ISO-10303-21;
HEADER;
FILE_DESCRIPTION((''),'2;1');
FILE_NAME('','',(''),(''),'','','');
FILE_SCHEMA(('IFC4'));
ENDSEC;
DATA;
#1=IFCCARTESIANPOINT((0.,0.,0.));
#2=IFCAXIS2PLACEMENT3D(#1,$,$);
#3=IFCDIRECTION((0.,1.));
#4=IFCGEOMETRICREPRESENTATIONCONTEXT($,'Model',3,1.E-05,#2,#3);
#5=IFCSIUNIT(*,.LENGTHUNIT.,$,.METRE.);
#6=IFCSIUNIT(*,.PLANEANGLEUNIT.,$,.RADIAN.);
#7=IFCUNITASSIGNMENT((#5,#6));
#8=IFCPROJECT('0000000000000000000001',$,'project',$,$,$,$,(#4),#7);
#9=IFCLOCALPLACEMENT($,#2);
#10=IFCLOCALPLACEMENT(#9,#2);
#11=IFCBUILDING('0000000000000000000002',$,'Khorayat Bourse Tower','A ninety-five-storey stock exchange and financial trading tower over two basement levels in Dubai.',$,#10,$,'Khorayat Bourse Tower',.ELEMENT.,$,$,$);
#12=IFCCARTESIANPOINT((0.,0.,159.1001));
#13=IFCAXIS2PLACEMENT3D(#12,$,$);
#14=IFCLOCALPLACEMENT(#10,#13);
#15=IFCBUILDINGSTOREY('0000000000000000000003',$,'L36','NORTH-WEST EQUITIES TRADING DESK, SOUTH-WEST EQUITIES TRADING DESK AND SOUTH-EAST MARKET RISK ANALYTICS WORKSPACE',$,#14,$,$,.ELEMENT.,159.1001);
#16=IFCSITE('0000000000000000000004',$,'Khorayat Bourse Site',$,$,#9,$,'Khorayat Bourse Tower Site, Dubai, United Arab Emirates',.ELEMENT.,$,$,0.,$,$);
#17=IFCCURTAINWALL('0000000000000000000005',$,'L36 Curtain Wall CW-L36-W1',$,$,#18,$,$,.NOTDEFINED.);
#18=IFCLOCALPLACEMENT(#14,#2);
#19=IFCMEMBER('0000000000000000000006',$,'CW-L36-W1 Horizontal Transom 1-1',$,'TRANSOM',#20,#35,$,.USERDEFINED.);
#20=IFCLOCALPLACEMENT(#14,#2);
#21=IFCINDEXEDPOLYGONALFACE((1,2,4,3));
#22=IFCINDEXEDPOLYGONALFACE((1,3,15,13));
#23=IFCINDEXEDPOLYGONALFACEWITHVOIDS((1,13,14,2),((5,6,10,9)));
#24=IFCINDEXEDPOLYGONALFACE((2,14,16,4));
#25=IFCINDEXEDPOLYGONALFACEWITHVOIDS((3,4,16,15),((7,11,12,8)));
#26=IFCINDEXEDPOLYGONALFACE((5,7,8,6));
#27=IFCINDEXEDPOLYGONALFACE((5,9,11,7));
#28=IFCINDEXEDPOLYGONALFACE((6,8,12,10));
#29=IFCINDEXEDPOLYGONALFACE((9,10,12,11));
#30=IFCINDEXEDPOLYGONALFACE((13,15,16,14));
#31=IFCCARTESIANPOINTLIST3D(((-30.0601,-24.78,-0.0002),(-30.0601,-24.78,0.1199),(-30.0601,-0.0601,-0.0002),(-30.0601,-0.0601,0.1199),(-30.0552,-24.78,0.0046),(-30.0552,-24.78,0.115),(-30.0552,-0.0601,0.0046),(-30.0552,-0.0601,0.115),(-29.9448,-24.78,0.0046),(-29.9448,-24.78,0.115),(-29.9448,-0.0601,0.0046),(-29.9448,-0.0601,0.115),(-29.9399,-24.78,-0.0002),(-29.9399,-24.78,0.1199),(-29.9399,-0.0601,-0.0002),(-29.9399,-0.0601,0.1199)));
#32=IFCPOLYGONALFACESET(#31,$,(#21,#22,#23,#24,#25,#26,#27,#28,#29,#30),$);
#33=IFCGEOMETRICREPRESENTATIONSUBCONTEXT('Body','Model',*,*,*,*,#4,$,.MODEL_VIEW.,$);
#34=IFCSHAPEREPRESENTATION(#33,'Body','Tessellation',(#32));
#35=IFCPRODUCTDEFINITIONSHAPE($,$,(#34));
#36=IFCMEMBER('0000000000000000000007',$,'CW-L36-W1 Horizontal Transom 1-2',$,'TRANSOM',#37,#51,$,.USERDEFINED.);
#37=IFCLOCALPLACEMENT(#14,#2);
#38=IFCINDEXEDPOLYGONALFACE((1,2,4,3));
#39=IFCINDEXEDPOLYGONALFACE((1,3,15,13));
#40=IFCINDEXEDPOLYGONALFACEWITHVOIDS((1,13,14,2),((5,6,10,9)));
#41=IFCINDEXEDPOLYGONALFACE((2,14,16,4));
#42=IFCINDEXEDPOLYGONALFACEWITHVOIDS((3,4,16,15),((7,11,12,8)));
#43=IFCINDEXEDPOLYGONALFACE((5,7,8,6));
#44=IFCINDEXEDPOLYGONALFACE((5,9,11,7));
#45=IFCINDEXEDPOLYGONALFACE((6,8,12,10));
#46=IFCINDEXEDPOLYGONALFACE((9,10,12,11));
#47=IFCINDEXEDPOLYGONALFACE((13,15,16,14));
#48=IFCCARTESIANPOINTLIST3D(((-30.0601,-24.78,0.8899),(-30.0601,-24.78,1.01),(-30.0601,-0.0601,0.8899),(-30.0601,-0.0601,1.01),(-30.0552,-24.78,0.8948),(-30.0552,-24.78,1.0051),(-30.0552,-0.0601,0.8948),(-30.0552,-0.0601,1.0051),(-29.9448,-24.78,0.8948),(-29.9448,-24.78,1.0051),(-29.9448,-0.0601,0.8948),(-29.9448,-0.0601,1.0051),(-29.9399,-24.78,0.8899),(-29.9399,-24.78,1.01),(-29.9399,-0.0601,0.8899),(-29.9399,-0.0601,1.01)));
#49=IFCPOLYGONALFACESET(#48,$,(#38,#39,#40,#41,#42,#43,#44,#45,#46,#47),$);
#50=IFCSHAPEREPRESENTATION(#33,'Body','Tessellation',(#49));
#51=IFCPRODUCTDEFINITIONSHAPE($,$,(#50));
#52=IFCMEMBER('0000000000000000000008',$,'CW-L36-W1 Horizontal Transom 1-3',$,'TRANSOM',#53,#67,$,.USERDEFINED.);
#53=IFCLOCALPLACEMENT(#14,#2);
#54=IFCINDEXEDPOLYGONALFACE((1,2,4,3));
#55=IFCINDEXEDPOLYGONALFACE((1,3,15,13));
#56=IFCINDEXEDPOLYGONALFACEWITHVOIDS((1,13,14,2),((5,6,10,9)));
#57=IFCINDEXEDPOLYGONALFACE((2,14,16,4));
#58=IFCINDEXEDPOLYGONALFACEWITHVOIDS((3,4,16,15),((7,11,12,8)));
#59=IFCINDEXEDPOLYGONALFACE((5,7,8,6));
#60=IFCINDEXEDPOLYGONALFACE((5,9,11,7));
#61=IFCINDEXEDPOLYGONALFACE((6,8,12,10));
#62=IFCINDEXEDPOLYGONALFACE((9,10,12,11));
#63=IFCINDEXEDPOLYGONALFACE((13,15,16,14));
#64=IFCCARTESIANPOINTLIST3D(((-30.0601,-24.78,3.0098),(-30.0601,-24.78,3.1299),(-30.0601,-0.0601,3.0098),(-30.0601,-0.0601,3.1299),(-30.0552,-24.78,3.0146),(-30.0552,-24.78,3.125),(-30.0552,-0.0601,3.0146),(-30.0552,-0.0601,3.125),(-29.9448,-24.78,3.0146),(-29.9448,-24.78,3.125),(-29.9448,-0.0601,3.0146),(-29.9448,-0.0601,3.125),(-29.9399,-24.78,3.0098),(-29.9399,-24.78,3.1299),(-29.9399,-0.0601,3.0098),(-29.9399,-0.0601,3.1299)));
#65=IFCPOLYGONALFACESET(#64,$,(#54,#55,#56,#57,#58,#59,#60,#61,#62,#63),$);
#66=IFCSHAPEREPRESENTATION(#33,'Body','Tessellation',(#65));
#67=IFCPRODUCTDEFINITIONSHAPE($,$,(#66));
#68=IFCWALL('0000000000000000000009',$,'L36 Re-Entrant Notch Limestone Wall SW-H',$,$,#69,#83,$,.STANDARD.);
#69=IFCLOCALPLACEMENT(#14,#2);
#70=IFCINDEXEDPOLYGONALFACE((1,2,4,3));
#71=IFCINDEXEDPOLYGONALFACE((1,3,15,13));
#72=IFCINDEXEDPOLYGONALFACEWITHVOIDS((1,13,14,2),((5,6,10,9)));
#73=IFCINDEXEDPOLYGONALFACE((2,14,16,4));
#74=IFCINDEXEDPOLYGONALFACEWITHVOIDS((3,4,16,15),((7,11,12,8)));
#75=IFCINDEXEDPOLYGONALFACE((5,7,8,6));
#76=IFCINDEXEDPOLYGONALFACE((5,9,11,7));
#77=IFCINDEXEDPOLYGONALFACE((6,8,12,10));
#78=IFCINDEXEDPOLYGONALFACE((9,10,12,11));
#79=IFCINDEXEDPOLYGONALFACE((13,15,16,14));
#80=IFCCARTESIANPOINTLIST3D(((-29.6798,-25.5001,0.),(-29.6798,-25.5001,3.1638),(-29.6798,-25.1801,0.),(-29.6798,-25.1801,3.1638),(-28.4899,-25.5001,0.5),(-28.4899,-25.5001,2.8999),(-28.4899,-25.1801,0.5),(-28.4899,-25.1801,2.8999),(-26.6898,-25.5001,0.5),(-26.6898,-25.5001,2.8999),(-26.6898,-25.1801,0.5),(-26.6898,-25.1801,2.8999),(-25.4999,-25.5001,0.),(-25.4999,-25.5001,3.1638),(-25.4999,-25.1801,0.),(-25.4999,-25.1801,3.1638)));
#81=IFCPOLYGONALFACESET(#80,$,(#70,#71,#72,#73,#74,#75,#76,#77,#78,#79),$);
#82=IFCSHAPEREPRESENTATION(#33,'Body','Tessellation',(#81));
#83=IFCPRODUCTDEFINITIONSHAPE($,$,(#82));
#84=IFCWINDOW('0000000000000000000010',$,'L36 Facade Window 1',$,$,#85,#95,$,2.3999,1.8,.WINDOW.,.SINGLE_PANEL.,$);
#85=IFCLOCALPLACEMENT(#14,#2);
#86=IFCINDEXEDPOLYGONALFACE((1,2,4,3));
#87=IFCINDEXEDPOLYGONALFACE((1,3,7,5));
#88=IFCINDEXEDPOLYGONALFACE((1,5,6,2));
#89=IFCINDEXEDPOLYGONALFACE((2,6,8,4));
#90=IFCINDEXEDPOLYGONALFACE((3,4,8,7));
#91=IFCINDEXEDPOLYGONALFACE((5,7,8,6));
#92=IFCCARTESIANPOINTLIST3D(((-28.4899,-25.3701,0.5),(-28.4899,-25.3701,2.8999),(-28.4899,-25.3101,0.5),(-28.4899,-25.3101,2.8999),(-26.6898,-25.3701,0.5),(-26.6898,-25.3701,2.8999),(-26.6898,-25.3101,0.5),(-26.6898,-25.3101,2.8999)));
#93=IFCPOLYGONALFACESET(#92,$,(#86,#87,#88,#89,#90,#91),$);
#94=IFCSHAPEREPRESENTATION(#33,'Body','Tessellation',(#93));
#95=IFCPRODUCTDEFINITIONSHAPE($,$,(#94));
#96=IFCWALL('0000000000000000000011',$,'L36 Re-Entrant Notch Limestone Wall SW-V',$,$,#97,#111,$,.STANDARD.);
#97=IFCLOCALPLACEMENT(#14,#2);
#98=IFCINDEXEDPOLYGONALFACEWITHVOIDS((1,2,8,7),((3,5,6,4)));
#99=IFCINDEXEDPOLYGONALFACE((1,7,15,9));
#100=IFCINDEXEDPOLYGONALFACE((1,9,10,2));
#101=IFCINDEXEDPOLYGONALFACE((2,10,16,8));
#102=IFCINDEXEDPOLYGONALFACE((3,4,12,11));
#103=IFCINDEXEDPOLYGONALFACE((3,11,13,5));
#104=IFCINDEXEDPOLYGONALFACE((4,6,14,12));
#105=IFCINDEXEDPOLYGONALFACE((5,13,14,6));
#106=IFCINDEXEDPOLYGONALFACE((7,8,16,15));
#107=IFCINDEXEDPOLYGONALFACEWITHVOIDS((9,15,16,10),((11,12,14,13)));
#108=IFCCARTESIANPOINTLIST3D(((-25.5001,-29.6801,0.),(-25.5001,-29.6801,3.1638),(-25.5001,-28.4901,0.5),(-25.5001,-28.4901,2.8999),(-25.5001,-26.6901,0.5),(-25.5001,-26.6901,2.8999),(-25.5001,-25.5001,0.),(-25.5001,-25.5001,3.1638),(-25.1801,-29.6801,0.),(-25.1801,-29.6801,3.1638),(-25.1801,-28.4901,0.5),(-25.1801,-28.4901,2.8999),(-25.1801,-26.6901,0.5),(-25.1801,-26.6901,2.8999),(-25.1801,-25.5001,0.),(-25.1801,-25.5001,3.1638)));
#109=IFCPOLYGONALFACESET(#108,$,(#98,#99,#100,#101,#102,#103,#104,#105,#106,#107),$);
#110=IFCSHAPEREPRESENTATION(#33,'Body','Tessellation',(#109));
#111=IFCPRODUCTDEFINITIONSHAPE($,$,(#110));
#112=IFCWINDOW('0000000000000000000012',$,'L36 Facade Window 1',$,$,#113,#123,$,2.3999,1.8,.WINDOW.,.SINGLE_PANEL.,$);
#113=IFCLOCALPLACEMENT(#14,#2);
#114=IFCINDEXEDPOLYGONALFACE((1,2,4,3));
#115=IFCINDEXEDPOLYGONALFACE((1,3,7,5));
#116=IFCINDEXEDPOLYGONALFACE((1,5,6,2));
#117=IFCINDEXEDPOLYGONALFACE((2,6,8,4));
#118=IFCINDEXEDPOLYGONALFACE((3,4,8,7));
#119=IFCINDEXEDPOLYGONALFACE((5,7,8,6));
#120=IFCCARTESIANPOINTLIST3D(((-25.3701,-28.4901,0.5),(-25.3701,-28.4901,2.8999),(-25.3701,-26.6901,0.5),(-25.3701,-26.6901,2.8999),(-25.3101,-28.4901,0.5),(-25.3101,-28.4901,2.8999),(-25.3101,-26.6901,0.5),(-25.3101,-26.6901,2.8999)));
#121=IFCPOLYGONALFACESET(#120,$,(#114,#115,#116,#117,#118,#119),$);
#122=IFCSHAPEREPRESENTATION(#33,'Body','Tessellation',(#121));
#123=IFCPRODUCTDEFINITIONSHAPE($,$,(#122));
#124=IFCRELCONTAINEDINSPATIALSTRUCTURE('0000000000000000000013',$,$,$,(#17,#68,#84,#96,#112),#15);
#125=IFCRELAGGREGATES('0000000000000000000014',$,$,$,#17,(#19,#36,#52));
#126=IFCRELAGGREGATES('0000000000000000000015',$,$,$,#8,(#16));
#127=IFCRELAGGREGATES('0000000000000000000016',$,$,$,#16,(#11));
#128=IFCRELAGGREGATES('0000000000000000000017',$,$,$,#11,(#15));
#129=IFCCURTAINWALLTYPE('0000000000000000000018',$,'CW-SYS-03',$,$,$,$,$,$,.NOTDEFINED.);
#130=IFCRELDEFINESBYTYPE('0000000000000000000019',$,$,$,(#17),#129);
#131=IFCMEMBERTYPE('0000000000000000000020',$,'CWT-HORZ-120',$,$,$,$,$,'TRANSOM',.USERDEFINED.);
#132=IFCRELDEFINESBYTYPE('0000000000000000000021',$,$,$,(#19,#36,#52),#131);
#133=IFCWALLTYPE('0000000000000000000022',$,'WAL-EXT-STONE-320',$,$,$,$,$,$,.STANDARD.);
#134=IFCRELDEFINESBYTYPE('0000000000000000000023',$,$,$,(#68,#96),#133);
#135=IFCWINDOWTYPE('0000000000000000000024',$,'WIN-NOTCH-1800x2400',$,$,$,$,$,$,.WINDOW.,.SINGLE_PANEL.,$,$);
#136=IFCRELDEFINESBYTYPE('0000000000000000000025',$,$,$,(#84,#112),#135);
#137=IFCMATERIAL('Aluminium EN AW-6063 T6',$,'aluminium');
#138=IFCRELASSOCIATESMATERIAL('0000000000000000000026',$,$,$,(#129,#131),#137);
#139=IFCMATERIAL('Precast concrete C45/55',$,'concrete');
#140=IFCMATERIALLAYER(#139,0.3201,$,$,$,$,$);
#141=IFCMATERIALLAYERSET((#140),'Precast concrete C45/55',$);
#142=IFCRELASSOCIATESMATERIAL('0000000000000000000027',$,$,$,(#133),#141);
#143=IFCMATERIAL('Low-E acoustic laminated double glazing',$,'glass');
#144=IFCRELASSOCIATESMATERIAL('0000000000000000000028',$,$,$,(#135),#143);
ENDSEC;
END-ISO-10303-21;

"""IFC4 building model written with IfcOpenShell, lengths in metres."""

from ifc_helpers import new_model, si_unit, direction, frame, frame_2d, origin, origin_2d, place, context, subcontext, project, spatial, rectangle, hollow_rectangle, extrude, source, transform, mapped, material, layer, layer_set, material_profile, profile_set, type_object, element, fill, aggregate, save


model = new_model("IFC4")

# Units and contexts
model_context = context("Model", 3, precision=1e-05, world=origin(), true_north=direction((0.0, 1.0)))
body_context = subcontext(model_context, "Body", "Model", "MODEL_VIEW")
ifc_project = project(units=[si_unit("LENGTHUNIT", "METRE"), si_unit("PLANEANGLEUNIT", "RADIAN")], contexts=[model_context])

# Site, building, storey
site_placement = place(None, origin())
site = spatial("IfcSite", under=ifc_project, at=site_placement, Name="Khorayat Bourse Site", LongName="Khorayat Bourse Tower Site, Dubai, United Arab Emirates", CompositionType="ELEMENT", RefElevation=0.0)
building_placement = place(site_placement, origin())
building = spatial("IfcBuilding", under=site, at=building_placement, Name="Khorayat Bourse Tower", Description="A ninety-five-storey stock exchange and financial trading tower over two basement levels in Dubai.", LongName="Khorayat Bourse Tower", CompositionType="ELEMENT")
storey_placement = place(building_placement, frame((0.0, 0.0, 159.1001)))
storey = spatial("IfcBuildingStorey", under=building, at=storey_placement, Name="L36", Description="NORTH-WEST EQUITIES TRADING DESK, SOUTH-WEST EQUITIES TRADING DESK AND SOUTH-EAST MARKET RISK ANALYTICS WORKSPACE", CompositionType="ELEMENT", Elevation=159.1001)

# Curtain wall
ifc_material_1 = material(Name="Aluminium EN AW-6063 T6", Category="aluminium")
curtain_wall_type = type_object("IfcCurtainWallType", Name="CW-SYS-03", PredefinedType="NOTDEFINED", material=ifc_material_1)
curtain_wall_1_placement = place(storey_placement, origin())
curtain_wall_1 = element("IfcCurtainWall", 1, at=curtain_wall_1_placement, inside=storey, type_object=curtain_wall_type, Name="L36 Curtain Wall CW-L36-W1", PredefinedType="NOTDEFINED")

# Members
ifc_material_profile_1 = material_profile(ifc_material_1, hollow_rectangle(XDim=0.1201, YDim=0.1201, WallThickness=0.0049, at=origin_2d()), Name="ALU 120x120x5")
ifc_profile_set_1 = profile_set([ifc_material_profile_1], Name="Aluminium EN AW-6063 T6")
member_type_1 = type_object("IfcMemberType", Name="CWT-HORZ-120", ElementType="TRANSOM", PredefinedType="USERDEFINED", material=ifc_profile_set_1)
shared_shape_1 = source(origin(), body_context, "Body", "SweptSolid", [
    extrude(hollow_rectangle(XDim=0.1201, YDim=0.1201, WallThickness=0.0049, at=origin_2d()), origin(), (0.0, 0.0, 1.0), 24.72),
])
member_1_placement = place(storey_placement, frame((-30.0, -24.78, 0.0598), z_axis=(0.0, 1.0, 0.0), x_axis=(-1.0, 0.0, 0.0)))
member_1 = element("IfcMember", 2, at=member_1_placement, type_object=member_type_1, Name="CW-L36-W1 Horizontal Transom 1-1", ObjectType="TRANSOM", PredefinedType="USERDEFINED", context=body_context, shape_type="MappedRepresentation", body=[
    mapped(shared_shape_1, transform((0.0, 0.0, 0.0), scale=1.0)),
])
member_2_placement = place(storey_placement, frame((-30.0, -24.78, 0.95), z_axis=(0.0, 1.0, 0.0), x_axis=(-1.0, 0.0, 0.0)))
member_2 = element("IfcMember", 3, at=member_2_placement, type_object=member_type_1, Name="CW-L36-W1 Horizontal Transom 1-2", ObjectType="TRANSOM", PredefinedType="USERDEFINED", context=body_context, shape_type="MappedRepresentation", body=[
    mapped(shared_shape_1, transform((0.0, 0.0, 0.0), scale=1.0)),
])
member_3_placement = place(storey_placement, frame((-30.0, -24.78, 3.0698), z_axis=(0.0, 1.0, 0.0), x_axis=(-1.0, 0.0, 0.0)))
member_3 = element("IfcMember", 4, at=member_3_placement, type_object=member_type_1, Name="CW-L36-W1 Horizontal Transom 1-3", ObjectType="TRANSOM", PredefinedType="USERDEFINED", context=body_context, shape_type="MappedRepresentation", body=[
    mapped(shared_shape_1, transform((0.0, 0.0, 0.0), scale=1.0)),
])
aggregate(curtain_wall_1, [member_1, member_2, member_3])

# Walls, openings, windows
ifc_material_2 = material(Name="Precast concrete C45/55", Category="concrete")
ifc_layer = layer(ifc_material_2, 0.3201)
ifc_layer_set = layer_set([ifc_layer], Name="Precast concrete C45/55")
wall_type = type_object("IfcWallType", Name="WAL-EXT-STONE-320", PredefinedType="STANDARD", material=ifc_layer_set)
shared_shape_2 = source(origin(), body_context, "Body", "SweptSolid", [
    extrude(rectangle(XDim=4.1799, YDim=0.3201, at=frame_2d((2.0898, 0.0))), origin(), (0.0, 0.0, 1.0), 3.1638),
])
wall_1_placement = place(storey_placement, frame((-25.5, -25.3401, 0.0), z_axis=(0.0, 0.0, 1.0), x_axis=(-1.0, 0.0, 0.0)))
wall_1 = element("IfcWall", 5, at=wall_1_placement, inside=storey, type_object=wall_type, Name="L36 Re-Entrant Notch Limestone Wall SW-H", PredefinedType="STANDARD", context=body_context, shape_type="MappedRepresentation", body=[
    mapped(shared_shape_2, transform((0.0, 0.0, 0.0), scale=1.0)),
])
shared_shape_3 = source(origin(), body_context, "Body", "SweptSolid", [
    extrude(rectangle(XDim=1.8, YDim=2.3999, at=frame_2d((0.8999, 1.2))), frame((0.0, 0.1699, 0.0), z_axis=(0.0, -1.0, 0.0), x_axis=(1.0, 0.0, 0.0)), (0.0, 0.0, 1.0), 0.3401),
])
opening_1_placement = place(wall_1_placement, frame((1.1899, 0.0, 0.5)))
opening_1 = element("IfcOpeningElement", 6, at=opening_1_placement, cuts=wall_1, PredefinedType="OPENING", context=body_context, shape_type="MappedRepresentation", body=[
    mapped(shared_shape_3, transform((0.0, 0.0, 0.0), scale=1.0)),
])
ifc_material_3 = material(Name="Low-E acoustic laminated double glazing", Category="glass")
window_type = type_object("IfcWindowType", Name="WIN-NOTCH-1800x2400", PartitioningType="SINGLE_PANEL", PredefinedType="WINDOW", material=ifc_material_3)
shared_shape_4 = source(origin(), body_context, "Body", "SweptSolid", [
    extrude(rectangle(XDim=1.8, YDim=2.3999, at=frame_2d((0.8999, 1.2))), frame((0.0, 0.03, 0.0), z_axis=(0.0, -1.0, 0.0), x_axis=(1.0, 0.0, 0.0)), (0.0, 0.0, 1.0), 0.0601),
])
window_1_placement = place(opening_1_placement, origin())
window_1 = element("IfcWindow", 7, at=window_1_placement, inside=storey, type_object=window_type, Name="L36 Facade Window 1", OverallHeight=2.3999, OverallWidth=1.8, PartitioningType="SINGLE_PANEL", PredefinedType="WINDOW", context=body_context, shape_type="MappedRepresentation", body=[
    mapped(shared_shape_4, transform((0.0, 0.0, 0.0), scale=1.0)),
])
fill(opening_1, window_1)
wall_2_placement = place(storey_placement, frame((-25.3401, -29.6799, 0.0), z_axis=(0.0, 0.0, 1.0), x_axis=(0.0, 1.0, 0.0)))
wall_2 = element("IfcWall", 8, at=wall_2_placement, inside=storey, type_object=wall_type, Name="L36 Re-Entrant Notch Limestone Wall SW-V", PredefinedType="STANDARD", context=body_context, shape_type="MappedRepresentation", body=[
    mapped(shared_shape_2, transform((0.0, 0.0, 0.0), scale=1.0)),
])
opening_2_placement = place(wall_2_placement, frame((1.1899, 0.0, 0.5)))
opening_2 = element("IfcOpeningElement", 9, at=opening_2_placement, cuts=wall_2, PredefinedType="OPENING", context=body_context, shape_type="MappedRepresentation", body=[
    mapped(shared_shape_3, transform((0.0, 0.0, 0.0), scale=1.0)),
])
window_2_placement = place(opening_2_placement, origin())
window_2 = element("IfcWindow", 10, at=window_2_placement, inside=storey, type_object=window_type, Name="L36 Facade Window 1", OverallHeight=2.3999, OverallWidth=1.8, PartitioningType="SINGLE_PANEL", PredefinedType="WINDOW", context=body_context, shape_type="MappedRepresentation", body=[
    mapped(shared_shape_4, transform((0.0, 0.0, 0.0), scale=1.0)),
])
fill(opening_2, window_2)

save(model, "model.ifc")
